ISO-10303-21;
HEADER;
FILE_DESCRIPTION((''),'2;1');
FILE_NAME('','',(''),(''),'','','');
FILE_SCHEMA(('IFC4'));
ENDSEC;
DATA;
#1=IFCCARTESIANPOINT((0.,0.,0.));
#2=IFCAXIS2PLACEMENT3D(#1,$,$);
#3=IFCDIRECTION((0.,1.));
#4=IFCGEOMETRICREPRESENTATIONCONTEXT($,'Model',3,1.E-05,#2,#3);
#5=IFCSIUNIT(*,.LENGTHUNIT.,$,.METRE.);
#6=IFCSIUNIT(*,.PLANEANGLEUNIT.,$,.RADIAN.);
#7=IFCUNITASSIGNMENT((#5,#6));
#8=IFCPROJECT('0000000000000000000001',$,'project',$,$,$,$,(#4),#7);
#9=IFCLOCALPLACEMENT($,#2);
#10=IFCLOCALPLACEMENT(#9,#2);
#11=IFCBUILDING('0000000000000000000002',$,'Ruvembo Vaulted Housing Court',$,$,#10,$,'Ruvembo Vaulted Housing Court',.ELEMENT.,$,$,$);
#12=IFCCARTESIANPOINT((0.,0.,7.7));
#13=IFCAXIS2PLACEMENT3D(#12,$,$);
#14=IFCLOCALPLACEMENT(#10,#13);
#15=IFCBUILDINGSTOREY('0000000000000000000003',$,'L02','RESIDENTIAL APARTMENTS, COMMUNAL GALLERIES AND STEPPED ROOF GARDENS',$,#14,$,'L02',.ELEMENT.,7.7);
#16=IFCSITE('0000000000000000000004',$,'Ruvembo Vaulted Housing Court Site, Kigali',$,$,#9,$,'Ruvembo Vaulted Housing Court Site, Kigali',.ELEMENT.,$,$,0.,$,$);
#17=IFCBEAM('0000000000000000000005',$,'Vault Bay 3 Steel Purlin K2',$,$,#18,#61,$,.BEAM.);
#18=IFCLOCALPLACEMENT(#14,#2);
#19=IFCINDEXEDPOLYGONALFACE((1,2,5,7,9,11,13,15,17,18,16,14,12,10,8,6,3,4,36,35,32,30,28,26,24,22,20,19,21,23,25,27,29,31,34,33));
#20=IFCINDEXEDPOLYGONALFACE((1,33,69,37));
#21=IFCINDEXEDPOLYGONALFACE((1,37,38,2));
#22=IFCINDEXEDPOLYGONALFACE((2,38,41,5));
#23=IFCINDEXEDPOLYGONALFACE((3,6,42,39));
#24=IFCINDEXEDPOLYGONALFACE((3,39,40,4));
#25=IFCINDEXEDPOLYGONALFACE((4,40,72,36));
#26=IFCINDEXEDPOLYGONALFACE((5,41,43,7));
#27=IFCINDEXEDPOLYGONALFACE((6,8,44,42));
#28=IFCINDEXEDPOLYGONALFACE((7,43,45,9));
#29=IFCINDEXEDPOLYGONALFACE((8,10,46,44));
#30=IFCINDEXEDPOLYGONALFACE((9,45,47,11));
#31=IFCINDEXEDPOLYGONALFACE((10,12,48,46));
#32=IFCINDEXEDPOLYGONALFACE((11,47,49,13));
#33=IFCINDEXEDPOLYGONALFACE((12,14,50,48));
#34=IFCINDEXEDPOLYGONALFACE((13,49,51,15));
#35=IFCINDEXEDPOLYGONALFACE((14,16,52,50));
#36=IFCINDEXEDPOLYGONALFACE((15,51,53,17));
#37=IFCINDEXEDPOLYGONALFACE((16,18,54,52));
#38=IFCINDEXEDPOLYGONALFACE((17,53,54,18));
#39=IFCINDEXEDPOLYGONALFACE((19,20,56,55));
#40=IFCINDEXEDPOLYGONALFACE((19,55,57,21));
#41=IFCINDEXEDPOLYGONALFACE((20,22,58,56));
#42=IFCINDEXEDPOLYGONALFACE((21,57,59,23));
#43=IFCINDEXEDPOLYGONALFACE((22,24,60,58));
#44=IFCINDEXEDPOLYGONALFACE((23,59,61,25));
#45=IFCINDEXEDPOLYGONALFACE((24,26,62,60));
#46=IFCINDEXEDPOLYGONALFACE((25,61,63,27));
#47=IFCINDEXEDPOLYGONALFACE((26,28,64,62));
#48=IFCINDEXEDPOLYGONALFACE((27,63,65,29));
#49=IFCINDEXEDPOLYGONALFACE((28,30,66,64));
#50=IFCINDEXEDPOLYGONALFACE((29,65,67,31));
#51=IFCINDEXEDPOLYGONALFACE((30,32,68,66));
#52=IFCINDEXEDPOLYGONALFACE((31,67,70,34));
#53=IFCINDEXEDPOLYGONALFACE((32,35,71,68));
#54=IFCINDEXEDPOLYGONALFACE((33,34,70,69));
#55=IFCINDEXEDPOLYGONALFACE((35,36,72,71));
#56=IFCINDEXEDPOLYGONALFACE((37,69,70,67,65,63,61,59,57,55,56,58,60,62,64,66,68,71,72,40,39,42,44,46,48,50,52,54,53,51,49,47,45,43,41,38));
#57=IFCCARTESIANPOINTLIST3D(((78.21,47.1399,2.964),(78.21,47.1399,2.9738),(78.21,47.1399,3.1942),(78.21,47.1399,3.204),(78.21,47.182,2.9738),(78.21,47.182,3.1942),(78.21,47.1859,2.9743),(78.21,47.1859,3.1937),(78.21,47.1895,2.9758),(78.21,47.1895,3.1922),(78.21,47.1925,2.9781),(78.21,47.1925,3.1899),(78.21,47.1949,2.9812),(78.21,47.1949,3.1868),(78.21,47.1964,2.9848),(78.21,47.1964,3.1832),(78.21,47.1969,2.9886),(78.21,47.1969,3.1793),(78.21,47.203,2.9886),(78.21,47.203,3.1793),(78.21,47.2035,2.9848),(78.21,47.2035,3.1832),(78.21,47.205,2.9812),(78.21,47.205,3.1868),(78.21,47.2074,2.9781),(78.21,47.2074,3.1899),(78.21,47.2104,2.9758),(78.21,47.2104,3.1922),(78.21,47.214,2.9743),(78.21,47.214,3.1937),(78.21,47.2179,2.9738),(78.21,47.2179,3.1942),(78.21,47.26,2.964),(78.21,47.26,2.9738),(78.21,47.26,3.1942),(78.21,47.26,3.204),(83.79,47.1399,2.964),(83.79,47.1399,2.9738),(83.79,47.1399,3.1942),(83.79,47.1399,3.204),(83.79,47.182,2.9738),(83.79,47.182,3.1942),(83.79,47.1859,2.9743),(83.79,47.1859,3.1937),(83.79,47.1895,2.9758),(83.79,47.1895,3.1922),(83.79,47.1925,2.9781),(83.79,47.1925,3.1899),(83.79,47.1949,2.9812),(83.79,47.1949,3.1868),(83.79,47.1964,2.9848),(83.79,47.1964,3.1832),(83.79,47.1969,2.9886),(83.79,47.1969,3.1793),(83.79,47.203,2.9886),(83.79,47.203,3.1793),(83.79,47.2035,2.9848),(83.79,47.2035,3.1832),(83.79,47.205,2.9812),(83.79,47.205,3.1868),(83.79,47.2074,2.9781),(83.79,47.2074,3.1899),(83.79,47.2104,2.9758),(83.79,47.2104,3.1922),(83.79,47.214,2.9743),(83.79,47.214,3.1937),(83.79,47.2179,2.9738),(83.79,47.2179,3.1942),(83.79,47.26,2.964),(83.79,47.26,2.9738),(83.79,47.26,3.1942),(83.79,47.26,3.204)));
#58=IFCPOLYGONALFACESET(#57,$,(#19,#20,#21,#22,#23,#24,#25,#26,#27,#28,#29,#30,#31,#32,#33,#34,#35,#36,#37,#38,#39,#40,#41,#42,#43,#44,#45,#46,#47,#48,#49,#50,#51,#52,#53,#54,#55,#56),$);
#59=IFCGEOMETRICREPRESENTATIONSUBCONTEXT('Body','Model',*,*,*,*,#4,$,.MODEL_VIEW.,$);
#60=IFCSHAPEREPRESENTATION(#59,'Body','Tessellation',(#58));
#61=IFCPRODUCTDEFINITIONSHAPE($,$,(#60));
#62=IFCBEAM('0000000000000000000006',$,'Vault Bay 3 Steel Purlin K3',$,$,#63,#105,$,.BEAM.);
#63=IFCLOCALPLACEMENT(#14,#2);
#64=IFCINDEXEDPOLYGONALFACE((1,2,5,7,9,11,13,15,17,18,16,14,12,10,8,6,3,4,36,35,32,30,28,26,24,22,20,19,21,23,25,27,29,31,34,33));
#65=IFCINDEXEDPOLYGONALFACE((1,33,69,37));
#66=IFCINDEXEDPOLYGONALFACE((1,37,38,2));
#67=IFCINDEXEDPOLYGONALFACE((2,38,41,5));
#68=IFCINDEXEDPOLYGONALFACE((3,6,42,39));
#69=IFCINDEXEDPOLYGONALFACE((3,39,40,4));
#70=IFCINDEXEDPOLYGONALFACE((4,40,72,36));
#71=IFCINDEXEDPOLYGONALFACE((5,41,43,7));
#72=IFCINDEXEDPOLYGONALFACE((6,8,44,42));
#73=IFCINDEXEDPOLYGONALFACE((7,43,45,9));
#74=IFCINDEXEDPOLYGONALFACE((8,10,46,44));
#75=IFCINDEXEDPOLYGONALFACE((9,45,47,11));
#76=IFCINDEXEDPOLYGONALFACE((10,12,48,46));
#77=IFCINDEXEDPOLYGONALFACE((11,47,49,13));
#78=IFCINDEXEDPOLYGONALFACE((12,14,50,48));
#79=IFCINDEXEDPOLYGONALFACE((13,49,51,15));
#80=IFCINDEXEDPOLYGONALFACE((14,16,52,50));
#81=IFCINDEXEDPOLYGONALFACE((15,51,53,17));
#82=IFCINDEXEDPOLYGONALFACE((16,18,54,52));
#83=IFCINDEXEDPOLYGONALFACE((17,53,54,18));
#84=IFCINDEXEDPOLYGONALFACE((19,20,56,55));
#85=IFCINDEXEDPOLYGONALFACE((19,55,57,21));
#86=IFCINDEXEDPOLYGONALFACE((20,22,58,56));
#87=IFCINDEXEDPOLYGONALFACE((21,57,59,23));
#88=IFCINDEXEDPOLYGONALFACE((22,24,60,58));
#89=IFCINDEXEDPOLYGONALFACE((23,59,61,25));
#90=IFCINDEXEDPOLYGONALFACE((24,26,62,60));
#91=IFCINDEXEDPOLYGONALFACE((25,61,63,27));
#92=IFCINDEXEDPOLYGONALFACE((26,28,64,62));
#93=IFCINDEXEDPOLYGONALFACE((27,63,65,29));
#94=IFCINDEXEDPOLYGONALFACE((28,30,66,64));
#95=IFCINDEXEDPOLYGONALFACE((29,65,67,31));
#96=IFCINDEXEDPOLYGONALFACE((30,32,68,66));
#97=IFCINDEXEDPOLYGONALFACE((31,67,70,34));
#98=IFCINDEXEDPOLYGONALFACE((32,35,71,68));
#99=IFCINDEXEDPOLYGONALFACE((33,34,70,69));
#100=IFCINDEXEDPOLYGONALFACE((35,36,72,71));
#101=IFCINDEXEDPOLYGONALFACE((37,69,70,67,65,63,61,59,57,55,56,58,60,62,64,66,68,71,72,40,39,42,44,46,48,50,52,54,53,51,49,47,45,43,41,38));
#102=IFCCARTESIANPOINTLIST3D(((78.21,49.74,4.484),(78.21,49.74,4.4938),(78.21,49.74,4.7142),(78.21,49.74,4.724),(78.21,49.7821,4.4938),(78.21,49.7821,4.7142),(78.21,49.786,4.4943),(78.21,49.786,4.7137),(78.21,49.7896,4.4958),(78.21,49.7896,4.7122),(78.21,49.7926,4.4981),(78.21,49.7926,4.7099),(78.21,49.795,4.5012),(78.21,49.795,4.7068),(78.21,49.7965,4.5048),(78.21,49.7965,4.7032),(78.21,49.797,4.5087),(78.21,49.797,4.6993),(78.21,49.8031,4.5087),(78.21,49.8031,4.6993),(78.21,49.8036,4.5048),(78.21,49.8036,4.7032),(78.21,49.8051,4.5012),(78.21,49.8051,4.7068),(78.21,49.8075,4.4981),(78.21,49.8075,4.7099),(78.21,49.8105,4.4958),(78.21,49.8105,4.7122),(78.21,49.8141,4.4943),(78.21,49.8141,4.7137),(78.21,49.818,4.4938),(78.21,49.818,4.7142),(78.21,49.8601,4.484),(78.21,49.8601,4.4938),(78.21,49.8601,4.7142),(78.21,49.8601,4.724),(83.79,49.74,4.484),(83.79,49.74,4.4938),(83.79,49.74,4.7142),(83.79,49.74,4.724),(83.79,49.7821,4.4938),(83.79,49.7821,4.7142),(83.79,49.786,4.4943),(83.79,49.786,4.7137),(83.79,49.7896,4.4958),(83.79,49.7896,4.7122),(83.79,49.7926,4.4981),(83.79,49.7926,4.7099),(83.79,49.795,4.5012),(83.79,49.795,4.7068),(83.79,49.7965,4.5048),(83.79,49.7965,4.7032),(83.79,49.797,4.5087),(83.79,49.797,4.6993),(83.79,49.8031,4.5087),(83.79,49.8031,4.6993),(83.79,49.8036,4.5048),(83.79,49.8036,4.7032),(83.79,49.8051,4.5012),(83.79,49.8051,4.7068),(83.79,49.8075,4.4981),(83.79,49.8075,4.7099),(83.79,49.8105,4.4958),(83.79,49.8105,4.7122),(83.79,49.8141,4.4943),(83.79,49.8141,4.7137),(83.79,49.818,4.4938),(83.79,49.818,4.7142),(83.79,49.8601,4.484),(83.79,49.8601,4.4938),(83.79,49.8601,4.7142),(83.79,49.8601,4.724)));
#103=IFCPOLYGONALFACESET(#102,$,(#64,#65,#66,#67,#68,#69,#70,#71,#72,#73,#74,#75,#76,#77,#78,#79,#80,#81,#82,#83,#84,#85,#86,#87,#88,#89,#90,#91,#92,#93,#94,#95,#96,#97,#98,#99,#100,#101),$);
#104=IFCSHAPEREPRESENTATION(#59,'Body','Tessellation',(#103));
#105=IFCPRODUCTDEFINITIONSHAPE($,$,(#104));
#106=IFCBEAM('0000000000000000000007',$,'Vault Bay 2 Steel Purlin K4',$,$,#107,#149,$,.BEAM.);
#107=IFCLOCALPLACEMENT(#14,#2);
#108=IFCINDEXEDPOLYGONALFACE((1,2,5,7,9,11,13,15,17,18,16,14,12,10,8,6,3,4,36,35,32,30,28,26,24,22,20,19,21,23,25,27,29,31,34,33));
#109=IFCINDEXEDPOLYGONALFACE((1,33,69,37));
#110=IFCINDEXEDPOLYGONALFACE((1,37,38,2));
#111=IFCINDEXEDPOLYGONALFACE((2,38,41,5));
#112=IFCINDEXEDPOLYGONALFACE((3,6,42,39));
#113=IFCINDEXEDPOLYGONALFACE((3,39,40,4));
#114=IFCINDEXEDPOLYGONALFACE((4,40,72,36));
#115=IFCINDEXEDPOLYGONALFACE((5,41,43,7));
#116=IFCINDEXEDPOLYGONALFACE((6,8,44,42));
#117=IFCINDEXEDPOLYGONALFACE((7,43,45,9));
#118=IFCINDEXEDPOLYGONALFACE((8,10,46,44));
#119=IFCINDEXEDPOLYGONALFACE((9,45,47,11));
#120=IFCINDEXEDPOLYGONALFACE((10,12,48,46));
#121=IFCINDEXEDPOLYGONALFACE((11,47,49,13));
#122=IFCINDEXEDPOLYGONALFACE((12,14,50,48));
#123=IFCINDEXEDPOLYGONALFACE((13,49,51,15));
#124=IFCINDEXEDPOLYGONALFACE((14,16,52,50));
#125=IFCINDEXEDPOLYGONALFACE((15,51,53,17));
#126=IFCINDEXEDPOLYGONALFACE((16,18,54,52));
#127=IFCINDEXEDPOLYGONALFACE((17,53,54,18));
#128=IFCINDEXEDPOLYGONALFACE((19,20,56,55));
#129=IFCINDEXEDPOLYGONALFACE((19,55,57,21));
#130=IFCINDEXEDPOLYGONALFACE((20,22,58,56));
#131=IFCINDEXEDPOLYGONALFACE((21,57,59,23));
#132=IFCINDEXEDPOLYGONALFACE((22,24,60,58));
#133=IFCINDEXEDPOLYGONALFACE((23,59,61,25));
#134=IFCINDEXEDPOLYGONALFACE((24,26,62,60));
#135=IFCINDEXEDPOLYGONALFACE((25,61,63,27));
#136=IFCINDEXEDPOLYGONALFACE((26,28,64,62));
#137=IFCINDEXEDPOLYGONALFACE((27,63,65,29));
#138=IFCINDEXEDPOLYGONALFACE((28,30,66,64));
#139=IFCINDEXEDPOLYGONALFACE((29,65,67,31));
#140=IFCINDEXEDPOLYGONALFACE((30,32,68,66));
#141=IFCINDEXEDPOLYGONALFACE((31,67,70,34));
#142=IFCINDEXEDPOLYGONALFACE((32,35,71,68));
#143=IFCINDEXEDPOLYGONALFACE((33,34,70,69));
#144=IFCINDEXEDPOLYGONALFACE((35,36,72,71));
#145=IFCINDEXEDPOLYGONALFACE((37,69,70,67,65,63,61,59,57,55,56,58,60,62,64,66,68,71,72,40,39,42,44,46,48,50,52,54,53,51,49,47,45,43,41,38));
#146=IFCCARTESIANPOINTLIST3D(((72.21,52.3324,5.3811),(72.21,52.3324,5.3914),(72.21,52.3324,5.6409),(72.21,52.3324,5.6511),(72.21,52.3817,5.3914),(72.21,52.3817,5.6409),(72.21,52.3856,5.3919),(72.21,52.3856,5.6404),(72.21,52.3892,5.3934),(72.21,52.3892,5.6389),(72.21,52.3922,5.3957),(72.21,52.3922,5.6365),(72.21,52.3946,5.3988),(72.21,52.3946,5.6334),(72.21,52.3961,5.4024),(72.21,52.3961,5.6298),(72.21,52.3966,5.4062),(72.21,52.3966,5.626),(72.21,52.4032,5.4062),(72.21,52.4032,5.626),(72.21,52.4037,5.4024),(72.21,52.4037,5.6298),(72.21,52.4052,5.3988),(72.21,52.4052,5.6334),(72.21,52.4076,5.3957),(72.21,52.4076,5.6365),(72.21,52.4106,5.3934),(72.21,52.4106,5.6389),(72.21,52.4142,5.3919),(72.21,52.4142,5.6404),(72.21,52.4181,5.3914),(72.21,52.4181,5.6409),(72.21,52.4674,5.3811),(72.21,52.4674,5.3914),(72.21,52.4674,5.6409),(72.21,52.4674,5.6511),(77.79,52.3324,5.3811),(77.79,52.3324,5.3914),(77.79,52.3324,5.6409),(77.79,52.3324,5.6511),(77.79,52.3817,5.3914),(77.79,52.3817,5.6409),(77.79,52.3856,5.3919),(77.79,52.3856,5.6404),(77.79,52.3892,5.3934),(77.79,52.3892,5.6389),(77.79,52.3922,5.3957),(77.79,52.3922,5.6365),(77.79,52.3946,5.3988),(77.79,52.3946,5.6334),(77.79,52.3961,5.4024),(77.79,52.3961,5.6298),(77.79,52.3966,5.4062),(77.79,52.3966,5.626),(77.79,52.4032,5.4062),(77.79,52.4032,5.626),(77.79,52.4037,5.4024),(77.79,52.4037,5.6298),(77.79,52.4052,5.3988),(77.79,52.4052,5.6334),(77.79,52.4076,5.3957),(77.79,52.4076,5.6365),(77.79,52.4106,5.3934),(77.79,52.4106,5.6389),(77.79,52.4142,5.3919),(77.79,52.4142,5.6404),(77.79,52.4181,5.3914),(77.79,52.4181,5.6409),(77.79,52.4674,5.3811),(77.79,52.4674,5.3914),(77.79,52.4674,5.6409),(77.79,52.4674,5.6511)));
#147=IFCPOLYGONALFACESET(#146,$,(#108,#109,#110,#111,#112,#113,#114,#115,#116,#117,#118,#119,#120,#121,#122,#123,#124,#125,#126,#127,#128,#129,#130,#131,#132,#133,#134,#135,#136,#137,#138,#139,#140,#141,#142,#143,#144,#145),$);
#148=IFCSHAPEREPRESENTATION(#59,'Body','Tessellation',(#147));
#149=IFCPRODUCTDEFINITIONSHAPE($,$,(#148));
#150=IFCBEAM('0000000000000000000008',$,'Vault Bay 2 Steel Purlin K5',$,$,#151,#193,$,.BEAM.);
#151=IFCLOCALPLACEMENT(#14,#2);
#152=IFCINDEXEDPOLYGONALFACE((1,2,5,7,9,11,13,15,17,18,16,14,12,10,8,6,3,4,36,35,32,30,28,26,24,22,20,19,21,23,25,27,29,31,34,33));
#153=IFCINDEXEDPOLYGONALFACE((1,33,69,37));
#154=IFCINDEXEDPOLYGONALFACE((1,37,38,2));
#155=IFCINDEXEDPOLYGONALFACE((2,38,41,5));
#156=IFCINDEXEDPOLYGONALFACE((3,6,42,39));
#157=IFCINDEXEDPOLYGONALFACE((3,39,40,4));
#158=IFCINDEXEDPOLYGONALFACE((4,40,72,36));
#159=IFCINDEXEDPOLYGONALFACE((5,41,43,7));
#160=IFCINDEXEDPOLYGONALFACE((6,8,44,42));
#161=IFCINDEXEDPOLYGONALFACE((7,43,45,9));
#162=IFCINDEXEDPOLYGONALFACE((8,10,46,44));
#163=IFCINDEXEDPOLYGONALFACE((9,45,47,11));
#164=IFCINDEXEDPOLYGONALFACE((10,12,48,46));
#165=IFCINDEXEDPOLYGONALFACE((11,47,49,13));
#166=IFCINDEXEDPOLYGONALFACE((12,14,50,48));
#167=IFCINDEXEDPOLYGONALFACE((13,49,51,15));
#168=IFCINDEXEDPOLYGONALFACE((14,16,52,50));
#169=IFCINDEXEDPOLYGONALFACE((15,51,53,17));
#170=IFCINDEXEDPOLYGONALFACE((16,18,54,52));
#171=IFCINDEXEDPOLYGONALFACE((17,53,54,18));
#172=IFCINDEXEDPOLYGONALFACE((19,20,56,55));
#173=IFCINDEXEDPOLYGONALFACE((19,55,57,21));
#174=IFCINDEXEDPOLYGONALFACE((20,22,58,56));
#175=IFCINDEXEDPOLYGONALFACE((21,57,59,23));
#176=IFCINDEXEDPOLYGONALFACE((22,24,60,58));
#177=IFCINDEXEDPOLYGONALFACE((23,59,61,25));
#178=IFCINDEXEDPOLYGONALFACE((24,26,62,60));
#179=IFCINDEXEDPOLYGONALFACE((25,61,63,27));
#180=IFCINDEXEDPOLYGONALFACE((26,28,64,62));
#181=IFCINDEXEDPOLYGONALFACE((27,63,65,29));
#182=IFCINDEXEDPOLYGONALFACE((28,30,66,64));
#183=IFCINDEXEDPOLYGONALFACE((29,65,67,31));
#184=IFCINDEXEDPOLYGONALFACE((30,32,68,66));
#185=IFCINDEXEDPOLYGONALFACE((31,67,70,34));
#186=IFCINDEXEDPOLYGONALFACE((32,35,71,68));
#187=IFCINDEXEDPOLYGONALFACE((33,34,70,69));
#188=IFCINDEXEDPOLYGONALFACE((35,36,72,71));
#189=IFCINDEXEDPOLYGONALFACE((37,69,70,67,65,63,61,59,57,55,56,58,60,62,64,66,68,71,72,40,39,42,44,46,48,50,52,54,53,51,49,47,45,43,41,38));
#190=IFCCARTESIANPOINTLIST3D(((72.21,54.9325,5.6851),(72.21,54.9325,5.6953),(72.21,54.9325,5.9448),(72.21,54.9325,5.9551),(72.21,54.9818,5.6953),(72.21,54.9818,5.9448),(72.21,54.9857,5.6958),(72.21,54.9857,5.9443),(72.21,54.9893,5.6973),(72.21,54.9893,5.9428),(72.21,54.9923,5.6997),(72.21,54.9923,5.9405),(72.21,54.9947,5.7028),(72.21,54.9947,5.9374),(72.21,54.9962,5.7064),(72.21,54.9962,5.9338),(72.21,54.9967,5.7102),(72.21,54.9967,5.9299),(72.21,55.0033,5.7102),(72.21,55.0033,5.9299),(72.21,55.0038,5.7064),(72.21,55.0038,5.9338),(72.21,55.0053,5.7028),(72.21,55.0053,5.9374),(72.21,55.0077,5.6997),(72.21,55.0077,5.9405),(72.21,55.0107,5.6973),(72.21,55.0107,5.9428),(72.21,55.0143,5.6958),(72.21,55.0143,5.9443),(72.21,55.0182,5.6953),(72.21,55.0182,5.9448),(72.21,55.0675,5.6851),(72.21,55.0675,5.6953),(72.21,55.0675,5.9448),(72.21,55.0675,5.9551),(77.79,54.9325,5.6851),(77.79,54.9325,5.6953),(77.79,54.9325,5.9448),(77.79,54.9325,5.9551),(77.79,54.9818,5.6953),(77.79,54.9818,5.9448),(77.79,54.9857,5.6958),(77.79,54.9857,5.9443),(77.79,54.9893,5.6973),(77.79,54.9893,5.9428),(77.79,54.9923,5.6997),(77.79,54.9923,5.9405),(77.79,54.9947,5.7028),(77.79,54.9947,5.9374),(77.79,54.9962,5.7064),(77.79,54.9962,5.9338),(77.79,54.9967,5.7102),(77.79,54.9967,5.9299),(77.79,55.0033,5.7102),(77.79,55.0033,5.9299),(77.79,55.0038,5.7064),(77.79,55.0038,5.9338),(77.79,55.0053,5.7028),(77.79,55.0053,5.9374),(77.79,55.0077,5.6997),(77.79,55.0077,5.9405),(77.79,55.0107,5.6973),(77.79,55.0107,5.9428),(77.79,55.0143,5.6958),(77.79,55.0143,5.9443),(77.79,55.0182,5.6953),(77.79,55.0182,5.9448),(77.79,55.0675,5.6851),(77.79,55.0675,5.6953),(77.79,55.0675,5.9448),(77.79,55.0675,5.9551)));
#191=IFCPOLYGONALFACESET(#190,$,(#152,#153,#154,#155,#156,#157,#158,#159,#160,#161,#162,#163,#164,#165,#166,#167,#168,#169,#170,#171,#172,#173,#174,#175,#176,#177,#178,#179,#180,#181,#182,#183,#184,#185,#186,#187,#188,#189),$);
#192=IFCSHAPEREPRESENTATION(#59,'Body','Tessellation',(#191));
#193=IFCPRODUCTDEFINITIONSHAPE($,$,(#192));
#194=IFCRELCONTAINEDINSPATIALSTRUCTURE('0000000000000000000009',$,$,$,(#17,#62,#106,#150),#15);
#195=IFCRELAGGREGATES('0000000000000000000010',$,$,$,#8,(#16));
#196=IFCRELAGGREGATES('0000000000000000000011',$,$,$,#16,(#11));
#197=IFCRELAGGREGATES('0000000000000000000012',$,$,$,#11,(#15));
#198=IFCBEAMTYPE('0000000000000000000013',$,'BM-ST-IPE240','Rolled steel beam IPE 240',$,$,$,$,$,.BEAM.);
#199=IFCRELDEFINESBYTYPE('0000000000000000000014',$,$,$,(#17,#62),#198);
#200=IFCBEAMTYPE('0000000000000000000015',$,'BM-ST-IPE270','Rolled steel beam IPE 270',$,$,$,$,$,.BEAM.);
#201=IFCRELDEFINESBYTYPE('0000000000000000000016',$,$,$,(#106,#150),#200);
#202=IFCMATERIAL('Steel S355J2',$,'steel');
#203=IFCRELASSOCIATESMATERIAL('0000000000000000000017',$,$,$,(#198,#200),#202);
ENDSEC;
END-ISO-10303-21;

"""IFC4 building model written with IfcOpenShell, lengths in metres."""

from ifc_helpers import new_model, si_unit, direction, frame, origin, origin_2d, place, context, subcontext, project, spatial, i_section, extrude, material, material_profile, profile_set, type_object, element, save


model = new_model("IFC4")

# Units and contexts
model_context = context("Model", 3, precision=1e-05, world=origin(), true_north=direction((0.0, 1.0)))
body_context = subcontext(model_context, "Body", "Model", "MODEL_VIEW")
ifc_project = project(units=[si_unit("LENGTHUNIT", "METRE"), si_unit("PLANEANGLEUNIT", "RADIAN")], contexts=[model_context])

# Site, building, storey
site_placement = place(None, origin())
site = spatial("IfcSite", under=ifc_project, at=site_placement, Name="Ruvembo Vaulted Housing Court Site, Kigali", LongName="Ruvembo Vaulted Housing Court Site, Kigali", CompositionType="ELEMENT", RefElevation=0.0)
building_placement = place(site_placement, origin())
building = spatial("IfcBuilding", under=site, at=building_placement, Name="Ruvembo Vaulted Housing Court", LongName="Ruvembo Vaulted Housing Court", CompositionType="ELEMENT")
storey_placement = place(building_placement, frame((0.0, 0.0, 7.7)))
storey = spatial("IfcBuildingStorey", under=building, at=storey_placement, Name="L02", Description="RESIDENTIAL APARTMENTS, COMMUNAL GALLERIES AND STEPPED ROOF GARDENS", LongName="L02", CompositionType="ELEMENT", Elevation=7.7)

# Beams
ifc_material_1 = material(Name="Steel S355J2", Category="steel")
ifc_material_profile_1 = material_profile(ifc_material_1, i_section(OverallWidth=0.1201, OverallDepth=0.24, WebThickness=0.0061, FlangeThickness=0.0098, FilletRadius=0.0149, at=origin_2d()), Name="IPE 240")
ifc_profile_set_1 = profile_set([ifc_material_profile_1], Name="Steel S355J2")
beam_type_1 = type_object("IfcBeamType", Name="BM-ST-IPE240", Description="Rolled steel beam IPE 240", PredefinedType="BEAM", material=ifc_profile_set_1)
for number, where, z_axis, x_axis, name in (
    (1, (78.21, 47.2, 3.084), (1.0, 0.0, 0.0), (0.0, 1.0, 0.0), "Vault Bay 3 Steel Purlin K2"),
    (2, (78.21, 49.8, 4.604), (1.0, 0.0, 0.0), (0.0, 1.0, 0.0), "Vault Bay 3 Steel Purlin K3"),
):
    element("IfcBeam", number, at=place(storey_placement, frame(where, z_axis=z_axis, x_axis=x_axis)), inside=storey, type_object=beam_type_1, Name=name, PredefinedType="BEAM", context=body_context, shape_type="SweptSolid", body=[
        extrude(i_section(OverallWidth=0.1201, OverallDepth=0.24, WebThickness=0.0061, FlangeThickness=0.0098, FilletRadius=0.0149, at=origin_2d()), origin(), (0.0, 0.0, 1.0), 5.5801),
    ])
ifc_material_profile_2 = material_profile(ifc_material_1, i_section(OverallWidth=0.135, OverallDepth=0.27, WebThickness=0.0066, FlangeThickness=0.0103, FilletRadius=0.0149, at=origin_2d()), Name="IPE 270")
ifc_profile_set_2 = profile_set([ifc_material_profile_2], Name="Steel S355J2")
beam_type_2 = type_object("IfcBeamType", Name="BM-ST-IPE270", Description="Rolled steel beam IPE 270", PredefinedType="BEAM", material=ifc_profile_set_2)
for number, where, z_axis, x_axis, name in (
    (3, (72.21, 52.3999, 5.5161), (1.0, 0.0, 0.0), (0.0, 1.0, 0.0), "Vault Bay 2 Steel Purlin K4"),
    (4, (72.21, 55.0, 5.8201), (1.0, 0.0, 0.0), (0.0, 1.0, 0.0), "Vault Bay 2 Steel Purlin K5"),
):
    element("IfcBeam", number, at=place(storey_placement, frame(where, z_axis=z_axis, x_axis=x_axis)), inside=storey, type_object=beam_type_2, Name=name, PredefinedType="BEAM", context=body_context, shape_type="SweptSolid", body=[
        extrude(i_section(OverallWidth=0.135, OverallDepth=0.27, WebThickness=0.0066, FlangeThickness=0.0103, FilletRadius=0.0149, at=origin_2d()), origin(), (0.0, 0.0, 1.0), 5.5801),
    ])

save(model, "model.ifc")
